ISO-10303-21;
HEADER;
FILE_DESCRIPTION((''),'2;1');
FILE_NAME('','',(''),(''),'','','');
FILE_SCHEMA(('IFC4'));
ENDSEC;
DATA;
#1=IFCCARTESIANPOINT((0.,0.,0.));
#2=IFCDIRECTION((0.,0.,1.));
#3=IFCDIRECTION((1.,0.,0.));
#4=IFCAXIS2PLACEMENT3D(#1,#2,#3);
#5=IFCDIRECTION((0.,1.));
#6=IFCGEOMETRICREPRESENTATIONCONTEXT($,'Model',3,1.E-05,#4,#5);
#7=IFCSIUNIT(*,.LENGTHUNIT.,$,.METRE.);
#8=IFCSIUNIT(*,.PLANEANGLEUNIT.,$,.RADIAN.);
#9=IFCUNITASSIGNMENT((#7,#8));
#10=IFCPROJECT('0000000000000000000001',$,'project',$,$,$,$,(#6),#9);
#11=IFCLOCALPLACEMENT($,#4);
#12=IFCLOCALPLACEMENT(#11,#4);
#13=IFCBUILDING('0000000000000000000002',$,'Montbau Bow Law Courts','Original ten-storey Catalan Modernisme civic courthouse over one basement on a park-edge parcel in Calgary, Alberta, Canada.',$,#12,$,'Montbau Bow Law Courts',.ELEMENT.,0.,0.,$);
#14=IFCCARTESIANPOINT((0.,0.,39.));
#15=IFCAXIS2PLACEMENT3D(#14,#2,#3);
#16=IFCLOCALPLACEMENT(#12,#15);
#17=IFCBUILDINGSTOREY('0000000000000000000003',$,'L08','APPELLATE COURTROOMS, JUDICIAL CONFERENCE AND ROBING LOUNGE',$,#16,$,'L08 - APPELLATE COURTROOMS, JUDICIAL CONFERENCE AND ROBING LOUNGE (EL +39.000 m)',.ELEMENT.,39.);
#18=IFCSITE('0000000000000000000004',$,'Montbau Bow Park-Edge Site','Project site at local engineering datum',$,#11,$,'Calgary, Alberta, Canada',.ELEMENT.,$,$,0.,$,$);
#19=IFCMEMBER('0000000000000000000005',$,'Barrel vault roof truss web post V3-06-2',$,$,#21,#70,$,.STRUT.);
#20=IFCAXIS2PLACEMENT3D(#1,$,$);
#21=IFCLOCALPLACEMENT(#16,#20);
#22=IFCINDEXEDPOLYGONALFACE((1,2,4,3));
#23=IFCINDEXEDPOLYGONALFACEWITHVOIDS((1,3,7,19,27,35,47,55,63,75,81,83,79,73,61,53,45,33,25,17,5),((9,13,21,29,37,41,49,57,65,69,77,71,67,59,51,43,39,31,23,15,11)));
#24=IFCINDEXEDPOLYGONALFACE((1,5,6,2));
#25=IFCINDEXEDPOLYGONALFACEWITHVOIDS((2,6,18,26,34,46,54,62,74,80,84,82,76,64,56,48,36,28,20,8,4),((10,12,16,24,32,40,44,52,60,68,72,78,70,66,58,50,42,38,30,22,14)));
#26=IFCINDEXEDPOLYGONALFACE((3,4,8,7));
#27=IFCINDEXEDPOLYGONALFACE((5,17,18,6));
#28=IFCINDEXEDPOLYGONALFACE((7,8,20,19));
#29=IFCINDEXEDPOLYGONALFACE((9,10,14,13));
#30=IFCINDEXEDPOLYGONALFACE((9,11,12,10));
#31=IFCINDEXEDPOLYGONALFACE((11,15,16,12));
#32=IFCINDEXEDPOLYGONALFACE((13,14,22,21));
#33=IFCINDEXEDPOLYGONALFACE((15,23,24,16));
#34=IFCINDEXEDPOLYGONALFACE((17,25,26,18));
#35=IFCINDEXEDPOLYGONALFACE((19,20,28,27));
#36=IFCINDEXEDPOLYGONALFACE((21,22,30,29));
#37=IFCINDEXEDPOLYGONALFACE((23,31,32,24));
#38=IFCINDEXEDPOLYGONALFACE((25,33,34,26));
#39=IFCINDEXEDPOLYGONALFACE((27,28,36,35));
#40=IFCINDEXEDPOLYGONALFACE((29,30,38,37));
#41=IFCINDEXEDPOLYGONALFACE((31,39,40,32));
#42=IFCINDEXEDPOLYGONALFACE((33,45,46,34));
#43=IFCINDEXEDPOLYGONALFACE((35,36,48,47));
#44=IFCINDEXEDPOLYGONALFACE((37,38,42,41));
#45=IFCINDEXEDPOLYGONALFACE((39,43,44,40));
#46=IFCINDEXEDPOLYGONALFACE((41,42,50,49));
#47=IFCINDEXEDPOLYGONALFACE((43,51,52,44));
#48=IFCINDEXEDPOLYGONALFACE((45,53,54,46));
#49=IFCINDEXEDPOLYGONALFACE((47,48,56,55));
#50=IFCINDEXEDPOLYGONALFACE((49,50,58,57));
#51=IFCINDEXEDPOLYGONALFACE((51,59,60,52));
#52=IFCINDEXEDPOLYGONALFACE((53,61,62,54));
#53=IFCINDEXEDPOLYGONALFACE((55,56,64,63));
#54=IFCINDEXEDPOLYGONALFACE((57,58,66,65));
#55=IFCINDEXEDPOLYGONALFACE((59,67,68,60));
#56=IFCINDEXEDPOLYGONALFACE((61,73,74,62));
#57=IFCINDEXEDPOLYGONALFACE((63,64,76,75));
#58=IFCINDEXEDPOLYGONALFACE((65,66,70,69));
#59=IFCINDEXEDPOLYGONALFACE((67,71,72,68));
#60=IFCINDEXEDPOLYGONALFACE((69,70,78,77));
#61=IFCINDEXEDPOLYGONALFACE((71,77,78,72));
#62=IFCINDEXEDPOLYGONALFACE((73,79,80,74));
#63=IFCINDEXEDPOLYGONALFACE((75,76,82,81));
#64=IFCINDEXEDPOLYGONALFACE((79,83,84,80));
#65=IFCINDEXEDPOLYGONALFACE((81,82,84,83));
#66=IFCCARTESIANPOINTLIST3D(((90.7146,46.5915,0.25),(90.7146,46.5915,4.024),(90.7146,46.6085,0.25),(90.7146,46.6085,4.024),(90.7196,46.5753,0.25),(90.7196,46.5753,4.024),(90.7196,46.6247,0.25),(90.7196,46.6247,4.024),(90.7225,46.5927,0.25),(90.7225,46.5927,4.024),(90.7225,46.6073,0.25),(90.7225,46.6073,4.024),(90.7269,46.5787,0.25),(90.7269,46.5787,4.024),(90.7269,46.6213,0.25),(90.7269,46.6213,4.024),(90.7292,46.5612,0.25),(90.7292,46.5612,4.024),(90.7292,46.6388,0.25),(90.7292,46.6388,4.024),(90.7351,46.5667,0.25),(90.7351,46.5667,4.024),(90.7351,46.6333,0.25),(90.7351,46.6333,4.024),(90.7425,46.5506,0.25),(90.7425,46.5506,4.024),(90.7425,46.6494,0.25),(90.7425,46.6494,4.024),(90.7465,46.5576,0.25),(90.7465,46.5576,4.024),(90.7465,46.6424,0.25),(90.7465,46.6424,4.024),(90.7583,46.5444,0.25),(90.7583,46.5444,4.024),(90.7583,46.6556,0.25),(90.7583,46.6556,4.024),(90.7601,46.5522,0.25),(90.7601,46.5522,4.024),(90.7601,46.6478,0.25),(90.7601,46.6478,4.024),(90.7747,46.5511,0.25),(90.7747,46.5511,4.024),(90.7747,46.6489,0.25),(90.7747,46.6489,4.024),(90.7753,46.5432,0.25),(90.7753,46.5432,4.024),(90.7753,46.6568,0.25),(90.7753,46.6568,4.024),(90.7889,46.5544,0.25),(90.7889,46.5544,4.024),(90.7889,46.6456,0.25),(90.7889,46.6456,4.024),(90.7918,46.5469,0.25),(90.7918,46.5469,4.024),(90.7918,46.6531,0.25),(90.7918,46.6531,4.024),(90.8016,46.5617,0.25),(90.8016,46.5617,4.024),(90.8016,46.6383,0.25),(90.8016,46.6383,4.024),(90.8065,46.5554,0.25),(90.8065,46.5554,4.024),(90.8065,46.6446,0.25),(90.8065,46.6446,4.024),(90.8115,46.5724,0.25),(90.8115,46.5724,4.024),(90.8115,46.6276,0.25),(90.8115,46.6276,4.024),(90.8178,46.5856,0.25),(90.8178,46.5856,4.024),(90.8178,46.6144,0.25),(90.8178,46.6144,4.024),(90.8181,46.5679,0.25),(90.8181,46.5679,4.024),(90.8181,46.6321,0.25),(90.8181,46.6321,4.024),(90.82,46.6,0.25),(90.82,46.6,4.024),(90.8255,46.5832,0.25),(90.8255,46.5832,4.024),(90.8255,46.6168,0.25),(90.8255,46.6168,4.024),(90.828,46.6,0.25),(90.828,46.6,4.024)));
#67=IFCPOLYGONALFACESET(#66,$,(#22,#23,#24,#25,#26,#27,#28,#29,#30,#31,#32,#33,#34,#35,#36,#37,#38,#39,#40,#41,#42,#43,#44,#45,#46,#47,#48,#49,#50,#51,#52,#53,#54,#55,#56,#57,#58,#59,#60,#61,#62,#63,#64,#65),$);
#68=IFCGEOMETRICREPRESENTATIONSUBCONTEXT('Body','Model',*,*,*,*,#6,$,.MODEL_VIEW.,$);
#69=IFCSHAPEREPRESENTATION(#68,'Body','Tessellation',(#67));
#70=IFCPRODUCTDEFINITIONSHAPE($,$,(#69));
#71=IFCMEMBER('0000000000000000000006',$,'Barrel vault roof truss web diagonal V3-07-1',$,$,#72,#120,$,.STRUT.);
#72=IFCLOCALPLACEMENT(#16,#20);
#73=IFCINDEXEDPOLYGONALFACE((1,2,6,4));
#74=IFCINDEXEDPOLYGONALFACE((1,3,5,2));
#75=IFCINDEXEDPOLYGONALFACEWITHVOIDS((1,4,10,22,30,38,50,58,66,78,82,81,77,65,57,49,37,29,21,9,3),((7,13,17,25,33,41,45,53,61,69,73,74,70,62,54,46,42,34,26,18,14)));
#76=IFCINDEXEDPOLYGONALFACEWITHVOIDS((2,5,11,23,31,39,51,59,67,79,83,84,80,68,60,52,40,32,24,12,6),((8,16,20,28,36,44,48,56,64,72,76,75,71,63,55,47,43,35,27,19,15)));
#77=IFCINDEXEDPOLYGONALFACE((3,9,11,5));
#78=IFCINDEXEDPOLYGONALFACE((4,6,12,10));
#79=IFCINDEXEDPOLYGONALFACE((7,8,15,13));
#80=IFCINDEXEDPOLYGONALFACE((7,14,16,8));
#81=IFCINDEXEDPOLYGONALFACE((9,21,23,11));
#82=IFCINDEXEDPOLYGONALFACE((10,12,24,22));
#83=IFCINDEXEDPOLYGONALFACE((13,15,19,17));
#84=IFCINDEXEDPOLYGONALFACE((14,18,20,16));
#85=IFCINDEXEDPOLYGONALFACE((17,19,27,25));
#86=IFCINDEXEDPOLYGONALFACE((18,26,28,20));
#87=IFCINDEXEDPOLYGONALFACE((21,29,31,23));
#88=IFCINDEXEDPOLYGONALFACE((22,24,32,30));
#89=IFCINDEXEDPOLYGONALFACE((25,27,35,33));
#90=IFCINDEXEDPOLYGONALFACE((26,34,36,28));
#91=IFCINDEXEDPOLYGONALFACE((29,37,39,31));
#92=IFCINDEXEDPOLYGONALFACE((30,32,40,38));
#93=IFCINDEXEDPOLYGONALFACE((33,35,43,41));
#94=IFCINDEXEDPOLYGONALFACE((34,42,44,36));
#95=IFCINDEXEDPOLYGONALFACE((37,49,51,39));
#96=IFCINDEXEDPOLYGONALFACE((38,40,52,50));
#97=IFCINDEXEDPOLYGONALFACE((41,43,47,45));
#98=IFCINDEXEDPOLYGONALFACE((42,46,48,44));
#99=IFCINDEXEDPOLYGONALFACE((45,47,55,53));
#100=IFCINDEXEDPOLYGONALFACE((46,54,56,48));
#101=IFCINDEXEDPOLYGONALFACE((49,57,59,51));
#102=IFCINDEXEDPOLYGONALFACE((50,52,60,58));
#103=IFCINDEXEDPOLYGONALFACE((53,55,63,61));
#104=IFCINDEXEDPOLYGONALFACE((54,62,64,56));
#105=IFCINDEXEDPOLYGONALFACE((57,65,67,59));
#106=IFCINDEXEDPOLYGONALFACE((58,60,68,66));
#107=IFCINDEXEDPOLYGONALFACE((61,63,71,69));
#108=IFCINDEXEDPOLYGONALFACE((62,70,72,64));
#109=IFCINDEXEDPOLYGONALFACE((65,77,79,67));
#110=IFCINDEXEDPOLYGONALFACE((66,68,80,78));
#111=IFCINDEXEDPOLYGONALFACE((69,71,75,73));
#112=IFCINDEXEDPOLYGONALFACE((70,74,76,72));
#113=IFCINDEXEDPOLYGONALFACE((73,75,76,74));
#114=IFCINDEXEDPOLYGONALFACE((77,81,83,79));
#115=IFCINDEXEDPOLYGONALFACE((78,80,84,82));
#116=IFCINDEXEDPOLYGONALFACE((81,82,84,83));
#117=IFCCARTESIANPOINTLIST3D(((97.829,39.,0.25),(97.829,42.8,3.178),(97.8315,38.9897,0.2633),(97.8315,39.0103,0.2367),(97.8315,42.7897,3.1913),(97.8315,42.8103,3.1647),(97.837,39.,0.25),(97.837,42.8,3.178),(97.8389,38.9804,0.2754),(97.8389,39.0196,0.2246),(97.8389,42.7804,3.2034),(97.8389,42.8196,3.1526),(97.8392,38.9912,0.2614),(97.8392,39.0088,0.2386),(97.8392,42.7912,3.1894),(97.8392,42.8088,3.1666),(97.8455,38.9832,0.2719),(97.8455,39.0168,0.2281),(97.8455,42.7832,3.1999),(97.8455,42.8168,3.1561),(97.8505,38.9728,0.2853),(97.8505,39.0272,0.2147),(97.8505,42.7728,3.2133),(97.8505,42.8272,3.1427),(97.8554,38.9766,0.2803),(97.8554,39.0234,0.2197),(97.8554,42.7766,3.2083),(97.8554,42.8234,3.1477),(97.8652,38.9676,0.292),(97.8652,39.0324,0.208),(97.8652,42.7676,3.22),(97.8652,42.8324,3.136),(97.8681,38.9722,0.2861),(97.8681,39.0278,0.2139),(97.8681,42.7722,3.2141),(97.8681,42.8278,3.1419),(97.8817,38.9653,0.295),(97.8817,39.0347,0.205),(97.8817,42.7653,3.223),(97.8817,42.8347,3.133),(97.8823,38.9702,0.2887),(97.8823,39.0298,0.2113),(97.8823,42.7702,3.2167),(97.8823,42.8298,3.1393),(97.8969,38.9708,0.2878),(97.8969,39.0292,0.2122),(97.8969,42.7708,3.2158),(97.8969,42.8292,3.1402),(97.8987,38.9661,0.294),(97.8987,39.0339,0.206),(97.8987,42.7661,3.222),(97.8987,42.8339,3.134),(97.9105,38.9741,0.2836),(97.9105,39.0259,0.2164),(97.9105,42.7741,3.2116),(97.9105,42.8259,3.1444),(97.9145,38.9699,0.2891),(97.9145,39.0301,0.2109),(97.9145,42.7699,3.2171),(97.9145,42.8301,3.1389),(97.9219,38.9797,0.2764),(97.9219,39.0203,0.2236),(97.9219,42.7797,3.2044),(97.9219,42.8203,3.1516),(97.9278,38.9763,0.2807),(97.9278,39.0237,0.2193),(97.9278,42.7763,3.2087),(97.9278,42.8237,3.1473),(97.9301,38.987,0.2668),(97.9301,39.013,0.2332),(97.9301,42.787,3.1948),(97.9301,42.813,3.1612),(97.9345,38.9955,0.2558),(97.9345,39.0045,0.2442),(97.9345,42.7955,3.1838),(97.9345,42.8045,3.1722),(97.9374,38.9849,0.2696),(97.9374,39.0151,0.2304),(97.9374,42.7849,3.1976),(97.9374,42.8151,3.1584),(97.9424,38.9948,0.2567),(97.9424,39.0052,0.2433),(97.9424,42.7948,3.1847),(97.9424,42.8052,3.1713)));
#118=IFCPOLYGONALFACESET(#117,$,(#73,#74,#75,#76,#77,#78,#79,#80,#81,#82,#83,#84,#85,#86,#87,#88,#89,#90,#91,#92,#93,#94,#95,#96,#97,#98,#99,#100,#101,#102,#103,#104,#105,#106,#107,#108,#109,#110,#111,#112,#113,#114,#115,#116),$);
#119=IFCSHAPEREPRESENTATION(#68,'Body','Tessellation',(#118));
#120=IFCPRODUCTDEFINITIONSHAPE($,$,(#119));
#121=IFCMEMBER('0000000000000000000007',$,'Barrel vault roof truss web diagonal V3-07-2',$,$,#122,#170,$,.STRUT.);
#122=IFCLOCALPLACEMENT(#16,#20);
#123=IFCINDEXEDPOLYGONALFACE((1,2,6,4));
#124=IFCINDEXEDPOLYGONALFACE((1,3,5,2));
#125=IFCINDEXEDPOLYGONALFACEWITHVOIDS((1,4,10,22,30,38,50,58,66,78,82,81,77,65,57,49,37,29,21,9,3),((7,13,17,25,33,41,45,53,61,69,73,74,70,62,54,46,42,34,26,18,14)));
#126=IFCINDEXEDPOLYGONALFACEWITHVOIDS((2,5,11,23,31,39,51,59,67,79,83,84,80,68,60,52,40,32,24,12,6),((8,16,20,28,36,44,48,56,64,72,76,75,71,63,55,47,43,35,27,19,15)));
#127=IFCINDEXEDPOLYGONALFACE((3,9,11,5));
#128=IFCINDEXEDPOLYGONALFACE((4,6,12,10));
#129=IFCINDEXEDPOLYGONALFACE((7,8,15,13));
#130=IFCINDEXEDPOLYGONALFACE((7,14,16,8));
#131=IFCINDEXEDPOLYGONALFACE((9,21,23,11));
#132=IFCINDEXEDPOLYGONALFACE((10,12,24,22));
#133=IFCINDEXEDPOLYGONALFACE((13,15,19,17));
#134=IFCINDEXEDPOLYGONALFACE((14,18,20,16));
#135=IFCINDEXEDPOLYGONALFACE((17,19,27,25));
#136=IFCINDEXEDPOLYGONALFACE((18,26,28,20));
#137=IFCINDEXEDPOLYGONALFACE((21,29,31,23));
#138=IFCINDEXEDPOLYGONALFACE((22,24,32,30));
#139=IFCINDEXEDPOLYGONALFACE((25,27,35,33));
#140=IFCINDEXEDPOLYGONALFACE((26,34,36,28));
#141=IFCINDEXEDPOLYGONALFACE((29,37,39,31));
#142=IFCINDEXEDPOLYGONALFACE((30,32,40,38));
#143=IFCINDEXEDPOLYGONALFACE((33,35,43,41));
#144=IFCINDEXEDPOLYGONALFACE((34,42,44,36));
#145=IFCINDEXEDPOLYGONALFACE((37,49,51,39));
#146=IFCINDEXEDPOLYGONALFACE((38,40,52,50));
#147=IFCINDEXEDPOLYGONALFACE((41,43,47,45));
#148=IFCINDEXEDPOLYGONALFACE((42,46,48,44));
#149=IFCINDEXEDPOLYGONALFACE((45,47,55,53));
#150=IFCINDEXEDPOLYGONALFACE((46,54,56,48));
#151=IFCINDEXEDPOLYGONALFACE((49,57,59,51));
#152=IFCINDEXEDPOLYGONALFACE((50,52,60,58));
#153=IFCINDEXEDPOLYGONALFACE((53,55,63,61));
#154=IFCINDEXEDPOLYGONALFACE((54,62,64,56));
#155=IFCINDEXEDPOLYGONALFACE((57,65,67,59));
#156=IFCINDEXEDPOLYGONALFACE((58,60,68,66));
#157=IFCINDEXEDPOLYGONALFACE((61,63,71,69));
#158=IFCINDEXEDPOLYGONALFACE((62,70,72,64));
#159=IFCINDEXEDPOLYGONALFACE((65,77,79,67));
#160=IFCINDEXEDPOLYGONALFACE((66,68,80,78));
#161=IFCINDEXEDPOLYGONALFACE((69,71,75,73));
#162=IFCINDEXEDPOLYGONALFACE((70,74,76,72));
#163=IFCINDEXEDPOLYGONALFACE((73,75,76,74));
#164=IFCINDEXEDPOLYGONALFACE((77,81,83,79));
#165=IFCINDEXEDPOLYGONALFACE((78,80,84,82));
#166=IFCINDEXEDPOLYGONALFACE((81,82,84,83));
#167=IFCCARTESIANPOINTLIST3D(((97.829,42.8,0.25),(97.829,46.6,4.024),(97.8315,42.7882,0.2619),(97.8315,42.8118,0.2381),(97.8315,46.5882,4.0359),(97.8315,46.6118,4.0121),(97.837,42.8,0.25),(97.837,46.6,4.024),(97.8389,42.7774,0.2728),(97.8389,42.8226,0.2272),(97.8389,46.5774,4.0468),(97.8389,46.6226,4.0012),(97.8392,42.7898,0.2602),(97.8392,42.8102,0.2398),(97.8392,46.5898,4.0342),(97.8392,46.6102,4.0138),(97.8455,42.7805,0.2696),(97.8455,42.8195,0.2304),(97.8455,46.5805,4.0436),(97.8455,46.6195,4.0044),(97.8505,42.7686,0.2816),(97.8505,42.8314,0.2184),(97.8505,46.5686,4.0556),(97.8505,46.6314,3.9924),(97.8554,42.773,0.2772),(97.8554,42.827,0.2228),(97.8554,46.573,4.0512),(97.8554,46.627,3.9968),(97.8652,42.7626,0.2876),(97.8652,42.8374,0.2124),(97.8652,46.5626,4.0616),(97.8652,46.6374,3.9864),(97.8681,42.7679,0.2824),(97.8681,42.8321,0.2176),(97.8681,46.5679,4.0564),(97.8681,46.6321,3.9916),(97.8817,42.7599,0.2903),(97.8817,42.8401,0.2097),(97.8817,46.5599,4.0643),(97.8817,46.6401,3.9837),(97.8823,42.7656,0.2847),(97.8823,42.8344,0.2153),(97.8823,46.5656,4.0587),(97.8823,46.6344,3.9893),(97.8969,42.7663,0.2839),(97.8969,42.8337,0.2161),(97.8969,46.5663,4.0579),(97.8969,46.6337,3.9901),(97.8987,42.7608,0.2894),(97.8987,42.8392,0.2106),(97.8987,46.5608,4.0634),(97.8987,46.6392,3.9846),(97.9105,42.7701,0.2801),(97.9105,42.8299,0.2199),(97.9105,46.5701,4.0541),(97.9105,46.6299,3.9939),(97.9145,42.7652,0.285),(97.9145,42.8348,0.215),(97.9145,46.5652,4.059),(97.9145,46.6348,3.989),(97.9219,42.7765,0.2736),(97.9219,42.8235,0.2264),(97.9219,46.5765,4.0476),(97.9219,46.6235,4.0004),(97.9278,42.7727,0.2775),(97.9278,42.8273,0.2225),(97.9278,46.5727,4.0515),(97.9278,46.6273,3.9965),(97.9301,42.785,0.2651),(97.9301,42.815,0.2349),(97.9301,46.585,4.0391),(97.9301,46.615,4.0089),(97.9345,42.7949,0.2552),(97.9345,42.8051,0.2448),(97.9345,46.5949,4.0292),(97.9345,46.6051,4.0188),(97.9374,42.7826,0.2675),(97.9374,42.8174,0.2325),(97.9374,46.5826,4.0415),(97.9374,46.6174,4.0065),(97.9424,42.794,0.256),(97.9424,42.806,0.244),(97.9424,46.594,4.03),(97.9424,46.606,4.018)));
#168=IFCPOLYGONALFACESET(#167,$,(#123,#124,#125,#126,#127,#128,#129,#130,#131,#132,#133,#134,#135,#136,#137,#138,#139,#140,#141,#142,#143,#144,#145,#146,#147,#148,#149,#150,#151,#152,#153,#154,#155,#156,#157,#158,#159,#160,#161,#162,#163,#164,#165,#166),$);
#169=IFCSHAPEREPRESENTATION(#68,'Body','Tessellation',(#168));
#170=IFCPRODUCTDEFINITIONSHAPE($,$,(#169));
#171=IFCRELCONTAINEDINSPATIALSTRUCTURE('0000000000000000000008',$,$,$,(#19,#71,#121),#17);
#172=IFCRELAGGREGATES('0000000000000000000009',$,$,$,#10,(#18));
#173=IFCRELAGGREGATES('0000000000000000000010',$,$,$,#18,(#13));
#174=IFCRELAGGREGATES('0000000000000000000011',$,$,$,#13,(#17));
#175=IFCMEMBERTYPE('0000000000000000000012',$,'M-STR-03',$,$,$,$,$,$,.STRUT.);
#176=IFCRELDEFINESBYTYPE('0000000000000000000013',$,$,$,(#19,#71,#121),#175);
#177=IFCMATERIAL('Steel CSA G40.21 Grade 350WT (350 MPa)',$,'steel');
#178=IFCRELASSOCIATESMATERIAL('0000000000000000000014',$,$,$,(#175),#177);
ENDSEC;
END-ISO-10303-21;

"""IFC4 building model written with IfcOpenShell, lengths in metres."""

from ifc_helpers import new_model, si_unit, direction, frame, origin_with_axes, origin_2d_with_axis, place, context, subcontext, project, spatial, hollow_circle, extrude, material, material_profile, profile_set, type_object, element, save


model = new_model("IFC4")

# Units and contexts
model_context = context("Model", 3, precision=1e-05, world=origin_with_axes(), true_north=direction((0.0, 1.0)))
body_context = subcontext(model_context, "Body", "Model", "MODEL_VIEW")
ifc_project = project(units=[si_unit("LENGTHUNIT", "METRE"), si_unit("PLANEANGLEUNIT", "RADIAN")], contexts=[model_context])

# Site, building, storey
site_placement = place(None, origin_with_axes())
site = spatial("IfcSite", under=ifc_project, at=site_placement, Name="Montbau Bow Park-Edge Site", Description="Project site at local engineering datum", LongName="Calgary, Alberta, Canada", CompositionType="ELEMENT", RefElevation=0.0)
building_placement = place(site_placement, origin_with_axes())
building = spatial("IfcBuilding", under=site, at=building_placement, Name="Montbau Bow Law Courts", Description="Original ten-storey Catalan Modernisme civic courthouse over one basement on a park-edge parcel in Calgary, Alberta, Canada.", LongName="Montbau Bow Law Courts", CompositionType="ELEMENT", ElevationOfRefHeight=0.0, ElevationOfTerrain=0.0)
storey_placement = place(building_placement, frame((0.0, 0.0, 39.0), z_axis=(0.0, 0.0, 1.0), x_axis=(1.0, 0.0, 0.0)))
storey = spatial("IfcBuildingStorey", under=building, at=storey_placement, Name="L08", Description="APPELLATE COURTROOMS, JUDICIAL CONFERENCE AND ROBING LOUNGE", LongName="L08 - APPELLATE COURTROOMS, JUDICIAL CONFERENCE AND ROBING LOUNGE (EL +39.000 m)", CompositionType="ELEMENT", Elevation=39.0)

# Shared definitions
ifc_material_1 = material(Name="Steel CSA G40.21 Grade 350WT (350 MPa)", Category="steel")

# Members
ifc_material_profile_1 = material_profile(ifc_material_1, hollow_circle(Radius=0.057, WallThickness=0.008, at=origin_2d_with_axis()), Name="HSS114X8.0", Category="Main", Priority=0)
ifc_profile_set_1 = profile_set([ifc_material_profile_1], Name="Steel CSA G40.21 Grade 350WT (350 MPa)")
member_type_1 = type_object("IfcMemberType", Name="M-STR-03", PredefinedType="STRUT", material=ifc_profile_set_1)
member_1_placement = place(None, frame((90.771, 46.6, 39.25), z_axis=(0.0, 0.0, 1.0), x_axis=(1.0, 0.0, 0.0)))
element("IfcMember", 1, at=member_1_placement, inside=storey, type_object=member_type_1, Name="Barrel vault roof truss web post V3-06-2", PredefinedType="STRUT", context=body_context, shape_type="SweptSolid", body=[
    extrude(hollow_circle(Radius=0.057, WallThickness=0.008, at=origin_2d_with_axis()), origin_with_axes(), (0.0, 0.0, 1.0), 3.774),
])
member_2_placement = place(None, frame((97.886, 39.0, 39.25), z_axis=(0.0, 0.792128, 0.610355), x_axis=(-1.0, 0.0, 0.0)))
element("IfcMember", 2, at=member_2_placement, inside=storey, type_object=member_type_1, Name="Barrel vault roof truss web diagonal V3-07-1", PredefinedType="STRUT", context=body_context, shape_type="SweptSolid", body=[
    extrude(hollow_circle(Radius=0.057, WallThickness=0.008, at=origin_2d_with_axis()), origin_with_axes(), (0.0, 0.0, 1.0), 4.7972),
])
member_3_placement = place(None, frame((97.886, 42.8, 39.25), z_axis=(0.0, 0.70953, 0.704675), x_axis=(-1.0, 0.0, 0.0)))
element("IfcMember", 3, at=member_3_placement, inside=storey, type_object=member_type_1, Name="Barrel vault roof truss web diagonal V3-07-2", PredefinedType="STRUT", context=body_context, shape_type="SweptSolid", body=[
    extrude(hollow_circle(Radius=0.057, WallThickness=0.008, at=origin_2d_with_axis()), origin_with_axes(), (0.0, 0.0, 1.0), 5.3557),
])

save(model, "model.ifc")
